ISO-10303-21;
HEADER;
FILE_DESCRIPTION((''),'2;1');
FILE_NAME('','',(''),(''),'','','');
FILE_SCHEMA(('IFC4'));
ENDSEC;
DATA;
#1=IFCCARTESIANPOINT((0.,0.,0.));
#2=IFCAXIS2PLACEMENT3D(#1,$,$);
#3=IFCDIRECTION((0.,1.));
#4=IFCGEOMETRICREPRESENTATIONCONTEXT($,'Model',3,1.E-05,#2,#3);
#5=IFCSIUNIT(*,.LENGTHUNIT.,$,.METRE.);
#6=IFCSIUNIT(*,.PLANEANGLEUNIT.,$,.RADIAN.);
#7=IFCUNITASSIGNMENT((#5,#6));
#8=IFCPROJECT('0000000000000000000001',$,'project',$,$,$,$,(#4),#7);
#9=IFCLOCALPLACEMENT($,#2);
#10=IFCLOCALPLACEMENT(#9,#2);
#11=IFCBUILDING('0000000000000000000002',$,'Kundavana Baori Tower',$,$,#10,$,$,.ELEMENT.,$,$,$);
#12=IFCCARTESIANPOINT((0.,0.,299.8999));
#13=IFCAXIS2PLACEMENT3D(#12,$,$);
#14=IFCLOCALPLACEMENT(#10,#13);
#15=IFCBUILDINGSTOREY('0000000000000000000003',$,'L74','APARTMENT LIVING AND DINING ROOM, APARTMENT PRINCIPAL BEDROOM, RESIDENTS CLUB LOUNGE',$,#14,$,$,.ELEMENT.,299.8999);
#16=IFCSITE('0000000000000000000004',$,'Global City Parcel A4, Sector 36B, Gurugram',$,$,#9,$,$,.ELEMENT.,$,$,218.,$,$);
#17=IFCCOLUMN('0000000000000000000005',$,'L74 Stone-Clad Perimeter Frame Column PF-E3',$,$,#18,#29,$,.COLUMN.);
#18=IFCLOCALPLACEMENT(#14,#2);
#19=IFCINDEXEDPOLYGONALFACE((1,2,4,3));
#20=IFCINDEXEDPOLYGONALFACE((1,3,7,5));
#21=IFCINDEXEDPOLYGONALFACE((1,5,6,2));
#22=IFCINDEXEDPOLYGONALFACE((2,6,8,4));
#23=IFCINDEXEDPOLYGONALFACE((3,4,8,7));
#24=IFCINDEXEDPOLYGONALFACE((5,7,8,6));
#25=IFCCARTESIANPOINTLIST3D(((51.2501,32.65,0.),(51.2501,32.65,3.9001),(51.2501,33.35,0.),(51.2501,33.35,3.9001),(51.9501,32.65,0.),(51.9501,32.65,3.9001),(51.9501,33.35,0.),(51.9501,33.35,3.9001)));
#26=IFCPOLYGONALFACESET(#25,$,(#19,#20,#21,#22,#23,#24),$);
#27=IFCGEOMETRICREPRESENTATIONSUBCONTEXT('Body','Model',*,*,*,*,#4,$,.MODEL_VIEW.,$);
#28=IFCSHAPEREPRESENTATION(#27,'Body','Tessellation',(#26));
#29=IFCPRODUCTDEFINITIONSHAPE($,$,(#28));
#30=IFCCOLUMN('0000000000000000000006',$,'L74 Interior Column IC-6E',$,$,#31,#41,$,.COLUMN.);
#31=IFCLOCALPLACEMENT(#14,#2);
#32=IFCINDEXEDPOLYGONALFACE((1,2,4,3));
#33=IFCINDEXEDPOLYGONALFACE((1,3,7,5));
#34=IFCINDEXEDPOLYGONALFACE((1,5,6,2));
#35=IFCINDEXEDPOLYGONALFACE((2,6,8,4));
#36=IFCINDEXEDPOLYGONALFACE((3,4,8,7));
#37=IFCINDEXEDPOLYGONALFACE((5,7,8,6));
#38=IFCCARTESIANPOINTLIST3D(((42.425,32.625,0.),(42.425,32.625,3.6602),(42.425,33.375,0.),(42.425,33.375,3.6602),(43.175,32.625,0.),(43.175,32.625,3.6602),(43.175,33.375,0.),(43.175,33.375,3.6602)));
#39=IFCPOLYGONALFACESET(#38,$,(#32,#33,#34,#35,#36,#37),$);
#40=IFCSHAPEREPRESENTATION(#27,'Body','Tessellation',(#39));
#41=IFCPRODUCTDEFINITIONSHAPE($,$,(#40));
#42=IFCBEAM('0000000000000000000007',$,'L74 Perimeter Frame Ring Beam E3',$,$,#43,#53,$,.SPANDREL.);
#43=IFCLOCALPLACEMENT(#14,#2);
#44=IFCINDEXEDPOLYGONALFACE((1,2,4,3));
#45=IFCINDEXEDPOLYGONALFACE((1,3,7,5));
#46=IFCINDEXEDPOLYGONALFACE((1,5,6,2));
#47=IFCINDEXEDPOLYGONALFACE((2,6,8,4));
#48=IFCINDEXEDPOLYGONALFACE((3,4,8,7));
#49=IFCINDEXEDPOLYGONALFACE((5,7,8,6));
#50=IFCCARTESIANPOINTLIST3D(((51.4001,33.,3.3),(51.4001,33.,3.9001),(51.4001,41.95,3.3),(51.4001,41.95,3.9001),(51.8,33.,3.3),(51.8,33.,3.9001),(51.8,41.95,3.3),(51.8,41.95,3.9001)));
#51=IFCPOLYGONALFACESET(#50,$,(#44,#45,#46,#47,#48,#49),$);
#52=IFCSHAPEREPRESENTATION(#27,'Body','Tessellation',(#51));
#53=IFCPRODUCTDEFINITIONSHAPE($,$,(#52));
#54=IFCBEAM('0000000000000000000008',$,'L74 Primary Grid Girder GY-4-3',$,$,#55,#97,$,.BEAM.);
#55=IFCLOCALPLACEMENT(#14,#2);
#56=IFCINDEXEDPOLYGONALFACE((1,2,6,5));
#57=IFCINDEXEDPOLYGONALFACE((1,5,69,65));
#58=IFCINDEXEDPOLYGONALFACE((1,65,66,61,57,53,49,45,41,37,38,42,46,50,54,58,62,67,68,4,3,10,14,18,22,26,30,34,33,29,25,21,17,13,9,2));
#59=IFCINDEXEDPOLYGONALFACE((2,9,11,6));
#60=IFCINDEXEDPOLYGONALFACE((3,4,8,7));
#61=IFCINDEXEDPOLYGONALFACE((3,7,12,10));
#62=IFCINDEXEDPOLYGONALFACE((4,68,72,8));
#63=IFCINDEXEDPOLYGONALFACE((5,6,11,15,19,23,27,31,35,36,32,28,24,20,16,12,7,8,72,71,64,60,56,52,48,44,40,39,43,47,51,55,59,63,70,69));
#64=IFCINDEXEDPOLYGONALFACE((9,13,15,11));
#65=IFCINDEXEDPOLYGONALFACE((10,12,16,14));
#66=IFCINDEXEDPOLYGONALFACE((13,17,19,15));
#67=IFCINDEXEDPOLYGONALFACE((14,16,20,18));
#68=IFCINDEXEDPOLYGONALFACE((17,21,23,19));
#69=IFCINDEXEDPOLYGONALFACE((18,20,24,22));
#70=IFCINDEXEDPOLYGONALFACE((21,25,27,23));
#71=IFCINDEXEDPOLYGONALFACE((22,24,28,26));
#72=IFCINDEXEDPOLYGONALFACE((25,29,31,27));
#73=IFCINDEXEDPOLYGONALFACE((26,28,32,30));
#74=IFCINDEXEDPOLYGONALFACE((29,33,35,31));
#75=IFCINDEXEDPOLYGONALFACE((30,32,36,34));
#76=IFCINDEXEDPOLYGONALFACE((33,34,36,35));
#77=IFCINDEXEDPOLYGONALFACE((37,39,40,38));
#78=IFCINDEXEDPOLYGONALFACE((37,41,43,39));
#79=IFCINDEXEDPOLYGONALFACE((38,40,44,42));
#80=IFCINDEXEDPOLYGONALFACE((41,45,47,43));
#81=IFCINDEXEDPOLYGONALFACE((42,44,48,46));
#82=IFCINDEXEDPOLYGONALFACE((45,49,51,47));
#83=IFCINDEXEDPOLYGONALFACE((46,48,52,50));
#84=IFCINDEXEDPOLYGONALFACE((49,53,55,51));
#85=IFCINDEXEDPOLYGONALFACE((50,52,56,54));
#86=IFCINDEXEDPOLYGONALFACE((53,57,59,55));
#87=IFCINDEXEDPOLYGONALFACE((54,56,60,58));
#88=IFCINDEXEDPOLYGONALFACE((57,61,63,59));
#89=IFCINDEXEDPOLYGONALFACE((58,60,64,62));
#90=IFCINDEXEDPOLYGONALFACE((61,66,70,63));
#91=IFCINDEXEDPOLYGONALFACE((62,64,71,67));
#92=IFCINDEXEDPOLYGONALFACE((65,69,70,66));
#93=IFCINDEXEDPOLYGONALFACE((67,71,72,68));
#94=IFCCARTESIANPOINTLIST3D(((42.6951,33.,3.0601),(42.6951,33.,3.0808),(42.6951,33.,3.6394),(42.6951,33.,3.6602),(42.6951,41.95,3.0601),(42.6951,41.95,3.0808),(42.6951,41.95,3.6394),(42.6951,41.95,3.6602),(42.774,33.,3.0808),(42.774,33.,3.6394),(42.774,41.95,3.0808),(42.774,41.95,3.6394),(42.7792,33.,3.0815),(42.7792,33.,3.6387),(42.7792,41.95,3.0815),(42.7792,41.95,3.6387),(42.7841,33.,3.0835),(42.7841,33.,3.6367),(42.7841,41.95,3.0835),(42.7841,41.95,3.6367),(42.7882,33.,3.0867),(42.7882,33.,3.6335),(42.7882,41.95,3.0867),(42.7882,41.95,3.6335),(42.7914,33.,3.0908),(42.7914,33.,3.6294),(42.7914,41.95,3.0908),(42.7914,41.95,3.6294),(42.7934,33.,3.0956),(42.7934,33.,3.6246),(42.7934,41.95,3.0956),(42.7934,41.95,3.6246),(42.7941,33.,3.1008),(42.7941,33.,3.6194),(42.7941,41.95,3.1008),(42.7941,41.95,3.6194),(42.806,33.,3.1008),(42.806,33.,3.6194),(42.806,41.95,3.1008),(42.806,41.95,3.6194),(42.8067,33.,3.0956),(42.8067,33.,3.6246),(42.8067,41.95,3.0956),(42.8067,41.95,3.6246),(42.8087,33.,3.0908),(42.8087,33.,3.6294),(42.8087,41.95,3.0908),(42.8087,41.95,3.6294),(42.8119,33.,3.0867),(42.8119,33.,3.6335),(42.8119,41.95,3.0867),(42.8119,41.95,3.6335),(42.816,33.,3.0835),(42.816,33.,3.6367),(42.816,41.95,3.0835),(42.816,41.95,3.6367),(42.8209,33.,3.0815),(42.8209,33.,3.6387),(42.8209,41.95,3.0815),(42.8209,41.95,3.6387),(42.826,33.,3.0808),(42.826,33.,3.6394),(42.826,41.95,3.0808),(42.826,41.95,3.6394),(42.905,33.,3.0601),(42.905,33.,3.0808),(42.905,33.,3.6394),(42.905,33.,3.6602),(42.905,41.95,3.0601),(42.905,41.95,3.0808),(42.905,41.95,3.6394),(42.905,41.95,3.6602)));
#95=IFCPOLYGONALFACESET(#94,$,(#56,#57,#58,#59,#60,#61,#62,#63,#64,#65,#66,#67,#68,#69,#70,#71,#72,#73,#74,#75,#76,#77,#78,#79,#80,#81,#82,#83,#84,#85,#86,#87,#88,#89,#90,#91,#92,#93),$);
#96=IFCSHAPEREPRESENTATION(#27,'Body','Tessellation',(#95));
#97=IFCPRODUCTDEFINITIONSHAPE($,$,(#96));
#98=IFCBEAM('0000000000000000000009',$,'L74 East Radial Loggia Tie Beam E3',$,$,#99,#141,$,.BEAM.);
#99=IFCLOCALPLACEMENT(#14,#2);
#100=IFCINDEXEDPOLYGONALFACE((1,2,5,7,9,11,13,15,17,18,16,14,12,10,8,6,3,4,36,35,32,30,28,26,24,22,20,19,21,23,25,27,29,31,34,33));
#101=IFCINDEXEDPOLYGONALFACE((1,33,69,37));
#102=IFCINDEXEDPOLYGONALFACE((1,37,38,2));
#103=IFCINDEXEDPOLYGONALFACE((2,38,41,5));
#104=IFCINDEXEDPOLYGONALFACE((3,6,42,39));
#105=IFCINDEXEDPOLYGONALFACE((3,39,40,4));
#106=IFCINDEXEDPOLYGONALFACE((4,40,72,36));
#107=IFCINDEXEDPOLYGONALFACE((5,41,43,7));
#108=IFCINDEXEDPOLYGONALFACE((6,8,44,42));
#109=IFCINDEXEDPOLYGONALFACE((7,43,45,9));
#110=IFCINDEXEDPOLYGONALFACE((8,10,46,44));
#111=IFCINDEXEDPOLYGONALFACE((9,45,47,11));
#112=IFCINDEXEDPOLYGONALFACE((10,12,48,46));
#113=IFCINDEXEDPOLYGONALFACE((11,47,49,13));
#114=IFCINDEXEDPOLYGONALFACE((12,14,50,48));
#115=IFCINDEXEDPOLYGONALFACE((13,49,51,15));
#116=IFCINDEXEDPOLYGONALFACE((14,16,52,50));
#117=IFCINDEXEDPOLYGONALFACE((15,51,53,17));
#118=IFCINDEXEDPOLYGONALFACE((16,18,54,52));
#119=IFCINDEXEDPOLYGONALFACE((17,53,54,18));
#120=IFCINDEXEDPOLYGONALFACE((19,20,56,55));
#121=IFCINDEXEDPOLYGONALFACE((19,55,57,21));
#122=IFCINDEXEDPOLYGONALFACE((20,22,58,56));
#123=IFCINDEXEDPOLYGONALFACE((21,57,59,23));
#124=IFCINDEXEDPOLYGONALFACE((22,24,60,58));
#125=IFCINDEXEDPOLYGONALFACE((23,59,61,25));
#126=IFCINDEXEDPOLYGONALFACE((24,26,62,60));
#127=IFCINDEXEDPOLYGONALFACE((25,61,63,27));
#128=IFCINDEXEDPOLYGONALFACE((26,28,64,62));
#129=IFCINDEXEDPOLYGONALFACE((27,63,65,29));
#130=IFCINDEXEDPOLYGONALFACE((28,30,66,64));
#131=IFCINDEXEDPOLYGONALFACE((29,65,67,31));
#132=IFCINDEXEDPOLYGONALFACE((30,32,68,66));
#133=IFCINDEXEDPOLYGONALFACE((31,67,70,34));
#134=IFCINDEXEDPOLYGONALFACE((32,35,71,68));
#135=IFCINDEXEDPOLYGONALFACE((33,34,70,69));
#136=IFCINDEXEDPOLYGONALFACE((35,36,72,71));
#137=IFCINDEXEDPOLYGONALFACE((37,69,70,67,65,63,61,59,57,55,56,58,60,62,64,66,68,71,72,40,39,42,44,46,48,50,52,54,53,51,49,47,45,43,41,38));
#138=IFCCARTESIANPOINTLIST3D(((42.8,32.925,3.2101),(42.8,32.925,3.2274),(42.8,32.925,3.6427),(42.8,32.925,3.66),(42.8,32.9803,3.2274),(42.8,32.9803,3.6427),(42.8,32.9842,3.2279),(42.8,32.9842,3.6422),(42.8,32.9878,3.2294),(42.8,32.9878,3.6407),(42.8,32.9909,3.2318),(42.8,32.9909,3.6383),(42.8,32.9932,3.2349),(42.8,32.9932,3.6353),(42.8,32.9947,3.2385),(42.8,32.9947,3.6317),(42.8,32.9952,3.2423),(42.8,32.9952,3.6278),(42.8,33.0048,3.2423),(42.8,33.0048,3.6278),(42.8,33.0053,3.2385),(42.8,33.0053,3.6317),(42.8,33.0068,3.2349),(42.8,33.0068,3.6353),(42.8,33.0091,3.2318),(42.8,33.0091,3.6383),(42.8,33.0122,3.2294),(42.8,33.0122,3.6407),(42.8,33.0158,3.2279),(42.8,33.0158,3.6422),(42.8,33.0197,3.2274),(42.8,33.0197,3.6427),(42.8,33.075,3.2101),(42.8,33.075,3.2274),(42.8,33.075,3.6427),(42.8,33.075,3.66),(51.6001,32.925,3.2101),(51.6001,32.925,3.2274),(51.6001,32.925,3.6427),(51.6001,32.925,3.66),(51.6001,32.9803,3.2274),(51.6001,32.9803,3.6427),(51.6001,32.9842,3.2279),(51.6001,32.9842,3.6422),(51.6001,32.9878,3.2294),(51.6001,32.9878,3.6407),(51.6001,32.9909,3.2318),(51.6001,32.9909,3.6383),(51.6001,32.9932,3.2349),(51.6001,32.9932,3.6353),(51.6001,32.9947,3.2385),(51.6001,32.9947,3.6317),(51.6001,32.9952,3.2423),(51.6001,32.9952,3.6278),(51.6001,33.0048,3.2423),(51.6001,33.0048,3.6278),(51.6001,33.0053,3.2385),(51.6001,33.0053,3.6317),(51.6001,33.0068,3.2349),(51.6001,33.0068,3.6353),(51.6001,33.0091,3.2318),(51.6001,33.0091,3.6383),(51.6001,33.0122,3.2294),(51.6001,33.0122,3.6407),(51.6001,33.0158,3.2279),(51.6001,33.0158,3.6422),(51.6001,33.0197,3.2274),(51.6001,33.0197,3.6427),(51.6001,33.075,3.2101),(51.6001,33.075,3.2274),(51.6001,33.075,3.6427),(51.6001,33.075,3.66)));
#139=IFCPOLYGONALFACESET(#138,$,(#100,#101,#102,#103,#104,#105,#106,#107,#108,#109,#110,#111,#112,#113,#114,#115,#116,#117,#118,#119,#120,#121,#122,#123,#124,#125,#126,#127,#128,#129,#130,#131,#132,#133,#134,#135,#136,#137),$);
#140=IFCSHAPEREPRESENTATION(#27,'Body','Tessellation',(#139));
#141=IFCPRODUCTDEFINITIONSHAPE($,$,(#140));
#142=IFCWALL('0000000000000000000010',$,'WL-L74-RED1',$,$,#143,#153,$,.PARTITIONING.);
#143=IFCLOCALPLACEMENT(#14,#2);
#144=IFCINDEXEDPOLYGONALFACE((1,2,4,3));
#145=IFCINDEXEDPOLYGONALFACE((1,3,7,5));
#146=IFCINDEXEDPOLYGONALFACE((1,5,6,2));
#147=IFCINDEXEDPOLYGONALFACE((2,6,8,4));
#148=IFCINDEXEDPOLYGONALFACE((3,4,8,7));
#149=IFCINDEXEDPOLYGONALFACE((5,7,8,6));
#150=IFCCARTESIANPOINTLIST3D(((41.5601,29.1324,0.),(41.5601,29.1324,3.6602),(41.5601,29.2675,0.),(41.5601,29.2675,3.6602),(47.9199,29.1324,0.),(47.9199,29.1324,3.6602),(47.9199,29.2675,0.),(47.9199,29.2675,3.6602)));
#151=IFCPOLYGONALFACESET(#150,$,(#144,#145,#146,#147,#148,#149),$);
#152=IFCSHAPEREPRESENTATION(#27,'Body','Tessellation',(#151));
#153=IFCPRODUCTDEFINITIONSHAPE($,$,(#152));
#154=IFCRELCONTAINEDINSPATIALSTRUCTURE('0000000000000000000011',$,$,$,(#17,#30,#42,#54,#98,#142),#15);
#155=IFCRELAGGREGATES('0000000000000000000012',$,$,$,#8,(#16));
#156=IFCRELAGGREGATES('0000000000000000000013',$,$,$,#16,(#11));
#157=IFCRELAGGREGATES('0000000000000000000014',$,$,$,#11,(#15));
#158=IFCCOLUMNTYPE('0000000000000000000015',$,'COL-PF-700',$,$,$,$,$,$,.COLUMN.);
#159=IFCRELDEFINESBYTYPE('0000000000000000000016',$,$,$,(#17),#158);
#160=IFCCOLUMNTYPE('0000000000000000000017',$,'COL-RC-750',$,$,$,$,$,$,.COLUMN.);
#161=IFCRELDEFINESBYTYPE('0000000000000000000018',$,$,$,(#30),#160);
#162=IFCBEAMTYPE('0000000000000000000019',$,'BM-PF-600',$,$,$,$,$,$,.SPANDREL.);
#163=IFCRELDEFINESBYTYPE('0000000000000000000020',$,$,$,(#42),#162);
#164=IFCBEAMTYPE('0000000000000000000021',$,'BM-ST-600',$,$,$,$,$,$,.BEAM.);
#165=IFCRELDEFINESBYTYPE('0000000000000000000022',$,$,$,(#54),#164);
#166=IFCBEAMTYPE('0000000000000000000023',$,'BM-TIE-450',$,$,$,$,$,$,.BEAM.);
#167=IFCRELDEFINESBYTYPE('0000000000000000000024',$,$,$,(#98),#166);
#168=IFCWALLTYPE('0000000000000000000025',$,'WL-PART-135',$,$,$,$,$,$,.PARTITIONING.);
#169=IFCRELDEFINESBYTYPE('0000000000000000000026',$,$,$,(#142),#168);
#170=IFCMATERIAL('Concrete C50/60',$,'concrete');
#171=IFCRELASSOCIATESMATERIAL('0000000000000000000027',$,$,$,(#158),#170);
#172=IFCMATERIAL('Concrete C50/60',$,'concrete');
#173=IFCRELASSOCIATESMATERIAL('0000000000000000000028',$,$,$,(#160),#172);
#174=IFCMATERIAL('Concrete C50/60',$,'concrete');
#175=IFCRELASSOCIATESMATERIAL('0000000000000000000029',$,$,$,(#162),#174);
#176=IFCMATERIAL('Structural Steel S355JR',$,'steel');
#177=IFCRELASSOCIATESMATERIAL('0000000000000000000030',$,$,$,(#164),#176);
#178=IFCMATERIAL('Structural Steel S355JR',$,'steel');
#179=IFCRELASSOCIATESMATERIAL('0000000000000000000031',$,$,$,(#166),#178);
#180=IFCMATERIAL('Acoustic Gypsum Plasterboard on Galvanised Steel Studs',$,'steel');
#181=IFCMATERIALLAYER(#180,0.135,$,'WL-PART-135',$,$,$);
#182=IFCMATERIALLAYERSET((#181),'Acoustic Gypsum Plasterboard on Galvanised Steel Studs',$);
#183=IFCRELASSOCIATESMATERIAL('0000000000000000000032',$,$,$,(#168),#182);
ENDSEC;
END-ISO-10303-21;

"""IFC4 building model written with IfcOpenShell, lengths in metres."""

from ifc_helpers import new_model, si_unit, direction, frame, frame_2d, origin, origin_2d, place, context, subcontext, project, spatial, rectangle, i_section, extrude, material, layer, layer_set, material_profile, profile_set, type_object, element, save


model = new_model("IFC4")

# Units and contexts
model_context = context("Model", 3, precision=1e-05, world=origin(), true_north=direction((0.0, 1.0)))
body_context = subcontext(model_context, "Body", "Model", "MODEL_VIEW")
ifc_project = project(units=[si_unit("LENGTHUNIT", "METRE"), si_unit("PLANEANGLEUNIT", "RADIAN")], contexts=[model_context])

# Site, building, storey
site_placement = place(None, origin())
site = spatial("IfcSite", under=ifc_project, at=site_placement, Name="Global City Parcel A4, Sector 36B, Gurugram", CompositionType="ELEMENT", RefElevation=218.0)
building_placement = place(site_placement, origin())
building = spatial("IfcBuilding", under=site, at=building_placement, Name="Kundavana Baori Tower", CompositionType="ELEMENT")
storey_placement = place(building_placement, frame((0.0, 0.0, 299.8999)))
storey = spatial("IfcBuildingStorey", under=building, at=storey_placement, Name="L74", Description="APARTMENT LIVING AND DINING ROOM, APARTMENT PRINCIPAL BEDROOM, RESIDENTS CLUB LOUNGE", CompositionType="ELEMENT", Elevation=299.8999)

# Columns
ifc_material_1 = material(Name="Concrete C50/60", Category="concrete")
ifc_material_profile_1 = material_profile(ifc_material_1, rectangle(XDim=0.7, YDim=0.7, at=origin_2d()), Name="RC PF 700x700")
ifc_profile_set_1 = profile_set([ifc_material_profile_1], Name="Concrete C50/60")
column_type_1 = type_object("IfcColumnType", Name="COL-PF-700", PredefinedType="COLUMN", material=ifc_profile_set_1)
column_1_placement = place(storey_placement, frame((51.6001, 33.0, 0.0), z_axis=(0.0, 0.0, 1.0), x_axis=(1.0, 0.0, 0.0)))
element("IfcColumn", 1, at=column_1_placement, inside=storey, type_object=column_type_1, Name="L74 Stone-Clad Perimeter Frame Column PF-E3", PredefinedType="COLUMN", context=body_context, shape_type="SweptSolid", body=[
    extrude(rectangle(XDim=0.7, YDim=0.7, at=origin_2d()), origin(), (0.0, 0.0, 1.0), 3.9001),
])
ifc_material_2 = material(Name="Concrete C50/60", Category="concrete")
ifc_material_profile_2 = material_profile(ifc_material_2, rectangle(XDim=0.75, YDim=0.75, at=origin_2d()), Name="RC 750x750")
ifc_profile_set_2 = profile_set([ifc_material_profile_2], Name="Concrete C50/60")
column_type_2 = type_object("IfcColumnType", Name="COL-RC-750", PredefinedType="COLUMN", material=ifc_profile_set_2)
column_2_placement = place(storey_placement, frame((42.8, 33.0, 0.0), z_axis=(0.0, 0.0, 1.0), x_axis=(1.0, 0.0, 0.0)))
element("IfcColumn", 2, at=column_2_placement, inside=storey, type_object=column_type_2, Name="L74 Interior Column IC-6E", PredefinedType="COLUMN", context=body_context, shape_type="SweptSolid", body=[
    extrude(rectangle(XDim=0.75, YDim=0.75, at=origin_2d()), origin(), (0.0, 0.0, 1.0), 3.6602),
])

# Beams
ifc_material_3 = material(Name="Concrete C50/60", Category="concrete")
ifc_material_profile_3 = material_profile(ifc_material_3, rectangle(XDim=0.3999, YDim=0.6001, at=origin_2d()), Name="RC BM 400x600")
ifc_profile_set_3 = profile_set([ifc_material_profile_3], Name="Concrete C50/60")
beam_type_1 = type_object("IfcBeamType", Name="BM-PF-600", PredefinedType="SPANDREL", material=ifc_profile_set_3)
beam_1_placement = place(storey_placement, frame((51.6001, 33.0, 3.6001), z_axis=(0.0, 1.0, 0.0), x_axis=(-1.0, 0.0, 0.0)))
element("IfcBeam", 3, at=beam_1_placement, inside=storey, type_object=beam_type_1, Name="L74 Perimeter Frame Ring Beam E3", PredefinedType="SPANDREL", context=body_context, shape_type="SweptSolid", body=[
    extrude(rectangle(XDim=0.3999, YDim=0.6001, at=origin_2d()), origin(), (0.0, 0.0, 1.0), 8.95),
])
ifc_material_4 = material(Name="Structural Steel S355JR", Category="steel")
ifc_material_profile_4 = material_profile(ifc_material_4, i_section(OverallWidth=0.21, OverallDepth=0.6001, WebThickness=0.012, FlangeThickness=0.0208, FilletRadius=0.02, at=origin_2d()), Name="ISMB 600")
ifc_profile_set_4 = profile_set([ifc_material_profile_4], Name="Structural Steel S355JR")
beam_type_2 = type_object("IfcBeamType", Name="BM-ST-600", PredefinedType="BEAM", material=ifc_profile_set_4)
beam_2_placement = place(storey_placement, frame((42.8, 33.0, 3.3601), z_axis=(0.0, 1.0, 0.0), x_axis=(-1.0, 0.0, 0.0)))
element("IfcBeam", 4, at=beam_2_placement, inside=storey, type_object=beam_type_2, Name="L74 Primary Grid Girder GY-4-3", PredefinedType="BEAM", context=body_context, shape_type="SweptSolid", body=[
    extrude(i_section(OverallWidth=0.21, OverallDepth=0.6001, WebThickness=0.012, FlangeThickness=0.0208, FilletRadius=0.02, at=origin_2d()), origin(), (0.0, 0.0, 1.0), 8.95),
])
ifc_material_5 = material(Name="Structural Steel S355JR", Category="steel")
ifc_material_profile_5 = material_profile(ifc_material_5, i_section(OverallWidth=0.1499, OverallDepth=0.45, WebThickness=0.0095, FlangeThickness=0.0173, FilletRadius=0.0149, at=origin_2d()), Name="ISMB 450")
ifc_profile_set_5 = profile_set([ifc_material_profile_5], Name="Structural Steel S355JR")
beam_type_3 = type_object("IfcBeamType", Name="BM-TIE-450", PredefinedType="BEAM", material=ifc_profile_set_5)
beam_3_placement = place(storey_placement, frame((42.8, 33.0, 3.4351), z_axis=(1.0, 0.0, 0.0), x_axis=(0.0, 1.0, 0.0)))
element("IfcBeam", 5, at=beam_3_placement, inside=storey, type_object=beam_type_3, Name="L74 East Radial Loggia Tie Beam E3", PredefinedType="BEAM", context=body_context, shape_type="SweptSolid", body=[
    extrude(i_section(OverallWidth=0.1499, OverallDepth=0.45, WebThickness=0.0095, FlangeThickness=0.0173, FilletRadius=0.0149, at=origin_2d()), origin(), (0.0, 0.0, 1.0), 8.8),
])

# Wall
ifc_material_6 = material(Name="Acoustic Gypsum Plasterboard on Galvanised Steel Studs", Category="steel")
ifc_layer_1 = layer(ifc_material_6, 0.135, Name="WL-PART-135")
ifc_layer_set_1 = layer_set([ifc_layer_1], Name="Acoustic Gypsum Plasterboard on Galvanised Steel Studs")
wall_type_1 = type_object("IfcWallType", Name="WL-PART-135", PredefinedType="PARTITIONING", material=ifc_layer_set_1)
wall_1_placement = place(storey_placement, frame((41.5601, 29.2, 0.0), z_axis=(0.0, 0.0, 1.0), x_axis=(1.0, 0.0, 0.0)))
element("IfcWall", 6, at=wall_1_placement, inside=storey, type_object=wall_type_1, Name="WL-L74-RED1", PredefinedType="PARTITIONING", context=body_context, shape_type="SweptSolid", body=[
    extrude(rectangle(XDim=6.3599, YDim=0.135, at=frame_2d((3.1799, 0.0))), origin(), (0.0, 0.0, 1.0), 3.6602),
])

save(model, "model.ifc")
